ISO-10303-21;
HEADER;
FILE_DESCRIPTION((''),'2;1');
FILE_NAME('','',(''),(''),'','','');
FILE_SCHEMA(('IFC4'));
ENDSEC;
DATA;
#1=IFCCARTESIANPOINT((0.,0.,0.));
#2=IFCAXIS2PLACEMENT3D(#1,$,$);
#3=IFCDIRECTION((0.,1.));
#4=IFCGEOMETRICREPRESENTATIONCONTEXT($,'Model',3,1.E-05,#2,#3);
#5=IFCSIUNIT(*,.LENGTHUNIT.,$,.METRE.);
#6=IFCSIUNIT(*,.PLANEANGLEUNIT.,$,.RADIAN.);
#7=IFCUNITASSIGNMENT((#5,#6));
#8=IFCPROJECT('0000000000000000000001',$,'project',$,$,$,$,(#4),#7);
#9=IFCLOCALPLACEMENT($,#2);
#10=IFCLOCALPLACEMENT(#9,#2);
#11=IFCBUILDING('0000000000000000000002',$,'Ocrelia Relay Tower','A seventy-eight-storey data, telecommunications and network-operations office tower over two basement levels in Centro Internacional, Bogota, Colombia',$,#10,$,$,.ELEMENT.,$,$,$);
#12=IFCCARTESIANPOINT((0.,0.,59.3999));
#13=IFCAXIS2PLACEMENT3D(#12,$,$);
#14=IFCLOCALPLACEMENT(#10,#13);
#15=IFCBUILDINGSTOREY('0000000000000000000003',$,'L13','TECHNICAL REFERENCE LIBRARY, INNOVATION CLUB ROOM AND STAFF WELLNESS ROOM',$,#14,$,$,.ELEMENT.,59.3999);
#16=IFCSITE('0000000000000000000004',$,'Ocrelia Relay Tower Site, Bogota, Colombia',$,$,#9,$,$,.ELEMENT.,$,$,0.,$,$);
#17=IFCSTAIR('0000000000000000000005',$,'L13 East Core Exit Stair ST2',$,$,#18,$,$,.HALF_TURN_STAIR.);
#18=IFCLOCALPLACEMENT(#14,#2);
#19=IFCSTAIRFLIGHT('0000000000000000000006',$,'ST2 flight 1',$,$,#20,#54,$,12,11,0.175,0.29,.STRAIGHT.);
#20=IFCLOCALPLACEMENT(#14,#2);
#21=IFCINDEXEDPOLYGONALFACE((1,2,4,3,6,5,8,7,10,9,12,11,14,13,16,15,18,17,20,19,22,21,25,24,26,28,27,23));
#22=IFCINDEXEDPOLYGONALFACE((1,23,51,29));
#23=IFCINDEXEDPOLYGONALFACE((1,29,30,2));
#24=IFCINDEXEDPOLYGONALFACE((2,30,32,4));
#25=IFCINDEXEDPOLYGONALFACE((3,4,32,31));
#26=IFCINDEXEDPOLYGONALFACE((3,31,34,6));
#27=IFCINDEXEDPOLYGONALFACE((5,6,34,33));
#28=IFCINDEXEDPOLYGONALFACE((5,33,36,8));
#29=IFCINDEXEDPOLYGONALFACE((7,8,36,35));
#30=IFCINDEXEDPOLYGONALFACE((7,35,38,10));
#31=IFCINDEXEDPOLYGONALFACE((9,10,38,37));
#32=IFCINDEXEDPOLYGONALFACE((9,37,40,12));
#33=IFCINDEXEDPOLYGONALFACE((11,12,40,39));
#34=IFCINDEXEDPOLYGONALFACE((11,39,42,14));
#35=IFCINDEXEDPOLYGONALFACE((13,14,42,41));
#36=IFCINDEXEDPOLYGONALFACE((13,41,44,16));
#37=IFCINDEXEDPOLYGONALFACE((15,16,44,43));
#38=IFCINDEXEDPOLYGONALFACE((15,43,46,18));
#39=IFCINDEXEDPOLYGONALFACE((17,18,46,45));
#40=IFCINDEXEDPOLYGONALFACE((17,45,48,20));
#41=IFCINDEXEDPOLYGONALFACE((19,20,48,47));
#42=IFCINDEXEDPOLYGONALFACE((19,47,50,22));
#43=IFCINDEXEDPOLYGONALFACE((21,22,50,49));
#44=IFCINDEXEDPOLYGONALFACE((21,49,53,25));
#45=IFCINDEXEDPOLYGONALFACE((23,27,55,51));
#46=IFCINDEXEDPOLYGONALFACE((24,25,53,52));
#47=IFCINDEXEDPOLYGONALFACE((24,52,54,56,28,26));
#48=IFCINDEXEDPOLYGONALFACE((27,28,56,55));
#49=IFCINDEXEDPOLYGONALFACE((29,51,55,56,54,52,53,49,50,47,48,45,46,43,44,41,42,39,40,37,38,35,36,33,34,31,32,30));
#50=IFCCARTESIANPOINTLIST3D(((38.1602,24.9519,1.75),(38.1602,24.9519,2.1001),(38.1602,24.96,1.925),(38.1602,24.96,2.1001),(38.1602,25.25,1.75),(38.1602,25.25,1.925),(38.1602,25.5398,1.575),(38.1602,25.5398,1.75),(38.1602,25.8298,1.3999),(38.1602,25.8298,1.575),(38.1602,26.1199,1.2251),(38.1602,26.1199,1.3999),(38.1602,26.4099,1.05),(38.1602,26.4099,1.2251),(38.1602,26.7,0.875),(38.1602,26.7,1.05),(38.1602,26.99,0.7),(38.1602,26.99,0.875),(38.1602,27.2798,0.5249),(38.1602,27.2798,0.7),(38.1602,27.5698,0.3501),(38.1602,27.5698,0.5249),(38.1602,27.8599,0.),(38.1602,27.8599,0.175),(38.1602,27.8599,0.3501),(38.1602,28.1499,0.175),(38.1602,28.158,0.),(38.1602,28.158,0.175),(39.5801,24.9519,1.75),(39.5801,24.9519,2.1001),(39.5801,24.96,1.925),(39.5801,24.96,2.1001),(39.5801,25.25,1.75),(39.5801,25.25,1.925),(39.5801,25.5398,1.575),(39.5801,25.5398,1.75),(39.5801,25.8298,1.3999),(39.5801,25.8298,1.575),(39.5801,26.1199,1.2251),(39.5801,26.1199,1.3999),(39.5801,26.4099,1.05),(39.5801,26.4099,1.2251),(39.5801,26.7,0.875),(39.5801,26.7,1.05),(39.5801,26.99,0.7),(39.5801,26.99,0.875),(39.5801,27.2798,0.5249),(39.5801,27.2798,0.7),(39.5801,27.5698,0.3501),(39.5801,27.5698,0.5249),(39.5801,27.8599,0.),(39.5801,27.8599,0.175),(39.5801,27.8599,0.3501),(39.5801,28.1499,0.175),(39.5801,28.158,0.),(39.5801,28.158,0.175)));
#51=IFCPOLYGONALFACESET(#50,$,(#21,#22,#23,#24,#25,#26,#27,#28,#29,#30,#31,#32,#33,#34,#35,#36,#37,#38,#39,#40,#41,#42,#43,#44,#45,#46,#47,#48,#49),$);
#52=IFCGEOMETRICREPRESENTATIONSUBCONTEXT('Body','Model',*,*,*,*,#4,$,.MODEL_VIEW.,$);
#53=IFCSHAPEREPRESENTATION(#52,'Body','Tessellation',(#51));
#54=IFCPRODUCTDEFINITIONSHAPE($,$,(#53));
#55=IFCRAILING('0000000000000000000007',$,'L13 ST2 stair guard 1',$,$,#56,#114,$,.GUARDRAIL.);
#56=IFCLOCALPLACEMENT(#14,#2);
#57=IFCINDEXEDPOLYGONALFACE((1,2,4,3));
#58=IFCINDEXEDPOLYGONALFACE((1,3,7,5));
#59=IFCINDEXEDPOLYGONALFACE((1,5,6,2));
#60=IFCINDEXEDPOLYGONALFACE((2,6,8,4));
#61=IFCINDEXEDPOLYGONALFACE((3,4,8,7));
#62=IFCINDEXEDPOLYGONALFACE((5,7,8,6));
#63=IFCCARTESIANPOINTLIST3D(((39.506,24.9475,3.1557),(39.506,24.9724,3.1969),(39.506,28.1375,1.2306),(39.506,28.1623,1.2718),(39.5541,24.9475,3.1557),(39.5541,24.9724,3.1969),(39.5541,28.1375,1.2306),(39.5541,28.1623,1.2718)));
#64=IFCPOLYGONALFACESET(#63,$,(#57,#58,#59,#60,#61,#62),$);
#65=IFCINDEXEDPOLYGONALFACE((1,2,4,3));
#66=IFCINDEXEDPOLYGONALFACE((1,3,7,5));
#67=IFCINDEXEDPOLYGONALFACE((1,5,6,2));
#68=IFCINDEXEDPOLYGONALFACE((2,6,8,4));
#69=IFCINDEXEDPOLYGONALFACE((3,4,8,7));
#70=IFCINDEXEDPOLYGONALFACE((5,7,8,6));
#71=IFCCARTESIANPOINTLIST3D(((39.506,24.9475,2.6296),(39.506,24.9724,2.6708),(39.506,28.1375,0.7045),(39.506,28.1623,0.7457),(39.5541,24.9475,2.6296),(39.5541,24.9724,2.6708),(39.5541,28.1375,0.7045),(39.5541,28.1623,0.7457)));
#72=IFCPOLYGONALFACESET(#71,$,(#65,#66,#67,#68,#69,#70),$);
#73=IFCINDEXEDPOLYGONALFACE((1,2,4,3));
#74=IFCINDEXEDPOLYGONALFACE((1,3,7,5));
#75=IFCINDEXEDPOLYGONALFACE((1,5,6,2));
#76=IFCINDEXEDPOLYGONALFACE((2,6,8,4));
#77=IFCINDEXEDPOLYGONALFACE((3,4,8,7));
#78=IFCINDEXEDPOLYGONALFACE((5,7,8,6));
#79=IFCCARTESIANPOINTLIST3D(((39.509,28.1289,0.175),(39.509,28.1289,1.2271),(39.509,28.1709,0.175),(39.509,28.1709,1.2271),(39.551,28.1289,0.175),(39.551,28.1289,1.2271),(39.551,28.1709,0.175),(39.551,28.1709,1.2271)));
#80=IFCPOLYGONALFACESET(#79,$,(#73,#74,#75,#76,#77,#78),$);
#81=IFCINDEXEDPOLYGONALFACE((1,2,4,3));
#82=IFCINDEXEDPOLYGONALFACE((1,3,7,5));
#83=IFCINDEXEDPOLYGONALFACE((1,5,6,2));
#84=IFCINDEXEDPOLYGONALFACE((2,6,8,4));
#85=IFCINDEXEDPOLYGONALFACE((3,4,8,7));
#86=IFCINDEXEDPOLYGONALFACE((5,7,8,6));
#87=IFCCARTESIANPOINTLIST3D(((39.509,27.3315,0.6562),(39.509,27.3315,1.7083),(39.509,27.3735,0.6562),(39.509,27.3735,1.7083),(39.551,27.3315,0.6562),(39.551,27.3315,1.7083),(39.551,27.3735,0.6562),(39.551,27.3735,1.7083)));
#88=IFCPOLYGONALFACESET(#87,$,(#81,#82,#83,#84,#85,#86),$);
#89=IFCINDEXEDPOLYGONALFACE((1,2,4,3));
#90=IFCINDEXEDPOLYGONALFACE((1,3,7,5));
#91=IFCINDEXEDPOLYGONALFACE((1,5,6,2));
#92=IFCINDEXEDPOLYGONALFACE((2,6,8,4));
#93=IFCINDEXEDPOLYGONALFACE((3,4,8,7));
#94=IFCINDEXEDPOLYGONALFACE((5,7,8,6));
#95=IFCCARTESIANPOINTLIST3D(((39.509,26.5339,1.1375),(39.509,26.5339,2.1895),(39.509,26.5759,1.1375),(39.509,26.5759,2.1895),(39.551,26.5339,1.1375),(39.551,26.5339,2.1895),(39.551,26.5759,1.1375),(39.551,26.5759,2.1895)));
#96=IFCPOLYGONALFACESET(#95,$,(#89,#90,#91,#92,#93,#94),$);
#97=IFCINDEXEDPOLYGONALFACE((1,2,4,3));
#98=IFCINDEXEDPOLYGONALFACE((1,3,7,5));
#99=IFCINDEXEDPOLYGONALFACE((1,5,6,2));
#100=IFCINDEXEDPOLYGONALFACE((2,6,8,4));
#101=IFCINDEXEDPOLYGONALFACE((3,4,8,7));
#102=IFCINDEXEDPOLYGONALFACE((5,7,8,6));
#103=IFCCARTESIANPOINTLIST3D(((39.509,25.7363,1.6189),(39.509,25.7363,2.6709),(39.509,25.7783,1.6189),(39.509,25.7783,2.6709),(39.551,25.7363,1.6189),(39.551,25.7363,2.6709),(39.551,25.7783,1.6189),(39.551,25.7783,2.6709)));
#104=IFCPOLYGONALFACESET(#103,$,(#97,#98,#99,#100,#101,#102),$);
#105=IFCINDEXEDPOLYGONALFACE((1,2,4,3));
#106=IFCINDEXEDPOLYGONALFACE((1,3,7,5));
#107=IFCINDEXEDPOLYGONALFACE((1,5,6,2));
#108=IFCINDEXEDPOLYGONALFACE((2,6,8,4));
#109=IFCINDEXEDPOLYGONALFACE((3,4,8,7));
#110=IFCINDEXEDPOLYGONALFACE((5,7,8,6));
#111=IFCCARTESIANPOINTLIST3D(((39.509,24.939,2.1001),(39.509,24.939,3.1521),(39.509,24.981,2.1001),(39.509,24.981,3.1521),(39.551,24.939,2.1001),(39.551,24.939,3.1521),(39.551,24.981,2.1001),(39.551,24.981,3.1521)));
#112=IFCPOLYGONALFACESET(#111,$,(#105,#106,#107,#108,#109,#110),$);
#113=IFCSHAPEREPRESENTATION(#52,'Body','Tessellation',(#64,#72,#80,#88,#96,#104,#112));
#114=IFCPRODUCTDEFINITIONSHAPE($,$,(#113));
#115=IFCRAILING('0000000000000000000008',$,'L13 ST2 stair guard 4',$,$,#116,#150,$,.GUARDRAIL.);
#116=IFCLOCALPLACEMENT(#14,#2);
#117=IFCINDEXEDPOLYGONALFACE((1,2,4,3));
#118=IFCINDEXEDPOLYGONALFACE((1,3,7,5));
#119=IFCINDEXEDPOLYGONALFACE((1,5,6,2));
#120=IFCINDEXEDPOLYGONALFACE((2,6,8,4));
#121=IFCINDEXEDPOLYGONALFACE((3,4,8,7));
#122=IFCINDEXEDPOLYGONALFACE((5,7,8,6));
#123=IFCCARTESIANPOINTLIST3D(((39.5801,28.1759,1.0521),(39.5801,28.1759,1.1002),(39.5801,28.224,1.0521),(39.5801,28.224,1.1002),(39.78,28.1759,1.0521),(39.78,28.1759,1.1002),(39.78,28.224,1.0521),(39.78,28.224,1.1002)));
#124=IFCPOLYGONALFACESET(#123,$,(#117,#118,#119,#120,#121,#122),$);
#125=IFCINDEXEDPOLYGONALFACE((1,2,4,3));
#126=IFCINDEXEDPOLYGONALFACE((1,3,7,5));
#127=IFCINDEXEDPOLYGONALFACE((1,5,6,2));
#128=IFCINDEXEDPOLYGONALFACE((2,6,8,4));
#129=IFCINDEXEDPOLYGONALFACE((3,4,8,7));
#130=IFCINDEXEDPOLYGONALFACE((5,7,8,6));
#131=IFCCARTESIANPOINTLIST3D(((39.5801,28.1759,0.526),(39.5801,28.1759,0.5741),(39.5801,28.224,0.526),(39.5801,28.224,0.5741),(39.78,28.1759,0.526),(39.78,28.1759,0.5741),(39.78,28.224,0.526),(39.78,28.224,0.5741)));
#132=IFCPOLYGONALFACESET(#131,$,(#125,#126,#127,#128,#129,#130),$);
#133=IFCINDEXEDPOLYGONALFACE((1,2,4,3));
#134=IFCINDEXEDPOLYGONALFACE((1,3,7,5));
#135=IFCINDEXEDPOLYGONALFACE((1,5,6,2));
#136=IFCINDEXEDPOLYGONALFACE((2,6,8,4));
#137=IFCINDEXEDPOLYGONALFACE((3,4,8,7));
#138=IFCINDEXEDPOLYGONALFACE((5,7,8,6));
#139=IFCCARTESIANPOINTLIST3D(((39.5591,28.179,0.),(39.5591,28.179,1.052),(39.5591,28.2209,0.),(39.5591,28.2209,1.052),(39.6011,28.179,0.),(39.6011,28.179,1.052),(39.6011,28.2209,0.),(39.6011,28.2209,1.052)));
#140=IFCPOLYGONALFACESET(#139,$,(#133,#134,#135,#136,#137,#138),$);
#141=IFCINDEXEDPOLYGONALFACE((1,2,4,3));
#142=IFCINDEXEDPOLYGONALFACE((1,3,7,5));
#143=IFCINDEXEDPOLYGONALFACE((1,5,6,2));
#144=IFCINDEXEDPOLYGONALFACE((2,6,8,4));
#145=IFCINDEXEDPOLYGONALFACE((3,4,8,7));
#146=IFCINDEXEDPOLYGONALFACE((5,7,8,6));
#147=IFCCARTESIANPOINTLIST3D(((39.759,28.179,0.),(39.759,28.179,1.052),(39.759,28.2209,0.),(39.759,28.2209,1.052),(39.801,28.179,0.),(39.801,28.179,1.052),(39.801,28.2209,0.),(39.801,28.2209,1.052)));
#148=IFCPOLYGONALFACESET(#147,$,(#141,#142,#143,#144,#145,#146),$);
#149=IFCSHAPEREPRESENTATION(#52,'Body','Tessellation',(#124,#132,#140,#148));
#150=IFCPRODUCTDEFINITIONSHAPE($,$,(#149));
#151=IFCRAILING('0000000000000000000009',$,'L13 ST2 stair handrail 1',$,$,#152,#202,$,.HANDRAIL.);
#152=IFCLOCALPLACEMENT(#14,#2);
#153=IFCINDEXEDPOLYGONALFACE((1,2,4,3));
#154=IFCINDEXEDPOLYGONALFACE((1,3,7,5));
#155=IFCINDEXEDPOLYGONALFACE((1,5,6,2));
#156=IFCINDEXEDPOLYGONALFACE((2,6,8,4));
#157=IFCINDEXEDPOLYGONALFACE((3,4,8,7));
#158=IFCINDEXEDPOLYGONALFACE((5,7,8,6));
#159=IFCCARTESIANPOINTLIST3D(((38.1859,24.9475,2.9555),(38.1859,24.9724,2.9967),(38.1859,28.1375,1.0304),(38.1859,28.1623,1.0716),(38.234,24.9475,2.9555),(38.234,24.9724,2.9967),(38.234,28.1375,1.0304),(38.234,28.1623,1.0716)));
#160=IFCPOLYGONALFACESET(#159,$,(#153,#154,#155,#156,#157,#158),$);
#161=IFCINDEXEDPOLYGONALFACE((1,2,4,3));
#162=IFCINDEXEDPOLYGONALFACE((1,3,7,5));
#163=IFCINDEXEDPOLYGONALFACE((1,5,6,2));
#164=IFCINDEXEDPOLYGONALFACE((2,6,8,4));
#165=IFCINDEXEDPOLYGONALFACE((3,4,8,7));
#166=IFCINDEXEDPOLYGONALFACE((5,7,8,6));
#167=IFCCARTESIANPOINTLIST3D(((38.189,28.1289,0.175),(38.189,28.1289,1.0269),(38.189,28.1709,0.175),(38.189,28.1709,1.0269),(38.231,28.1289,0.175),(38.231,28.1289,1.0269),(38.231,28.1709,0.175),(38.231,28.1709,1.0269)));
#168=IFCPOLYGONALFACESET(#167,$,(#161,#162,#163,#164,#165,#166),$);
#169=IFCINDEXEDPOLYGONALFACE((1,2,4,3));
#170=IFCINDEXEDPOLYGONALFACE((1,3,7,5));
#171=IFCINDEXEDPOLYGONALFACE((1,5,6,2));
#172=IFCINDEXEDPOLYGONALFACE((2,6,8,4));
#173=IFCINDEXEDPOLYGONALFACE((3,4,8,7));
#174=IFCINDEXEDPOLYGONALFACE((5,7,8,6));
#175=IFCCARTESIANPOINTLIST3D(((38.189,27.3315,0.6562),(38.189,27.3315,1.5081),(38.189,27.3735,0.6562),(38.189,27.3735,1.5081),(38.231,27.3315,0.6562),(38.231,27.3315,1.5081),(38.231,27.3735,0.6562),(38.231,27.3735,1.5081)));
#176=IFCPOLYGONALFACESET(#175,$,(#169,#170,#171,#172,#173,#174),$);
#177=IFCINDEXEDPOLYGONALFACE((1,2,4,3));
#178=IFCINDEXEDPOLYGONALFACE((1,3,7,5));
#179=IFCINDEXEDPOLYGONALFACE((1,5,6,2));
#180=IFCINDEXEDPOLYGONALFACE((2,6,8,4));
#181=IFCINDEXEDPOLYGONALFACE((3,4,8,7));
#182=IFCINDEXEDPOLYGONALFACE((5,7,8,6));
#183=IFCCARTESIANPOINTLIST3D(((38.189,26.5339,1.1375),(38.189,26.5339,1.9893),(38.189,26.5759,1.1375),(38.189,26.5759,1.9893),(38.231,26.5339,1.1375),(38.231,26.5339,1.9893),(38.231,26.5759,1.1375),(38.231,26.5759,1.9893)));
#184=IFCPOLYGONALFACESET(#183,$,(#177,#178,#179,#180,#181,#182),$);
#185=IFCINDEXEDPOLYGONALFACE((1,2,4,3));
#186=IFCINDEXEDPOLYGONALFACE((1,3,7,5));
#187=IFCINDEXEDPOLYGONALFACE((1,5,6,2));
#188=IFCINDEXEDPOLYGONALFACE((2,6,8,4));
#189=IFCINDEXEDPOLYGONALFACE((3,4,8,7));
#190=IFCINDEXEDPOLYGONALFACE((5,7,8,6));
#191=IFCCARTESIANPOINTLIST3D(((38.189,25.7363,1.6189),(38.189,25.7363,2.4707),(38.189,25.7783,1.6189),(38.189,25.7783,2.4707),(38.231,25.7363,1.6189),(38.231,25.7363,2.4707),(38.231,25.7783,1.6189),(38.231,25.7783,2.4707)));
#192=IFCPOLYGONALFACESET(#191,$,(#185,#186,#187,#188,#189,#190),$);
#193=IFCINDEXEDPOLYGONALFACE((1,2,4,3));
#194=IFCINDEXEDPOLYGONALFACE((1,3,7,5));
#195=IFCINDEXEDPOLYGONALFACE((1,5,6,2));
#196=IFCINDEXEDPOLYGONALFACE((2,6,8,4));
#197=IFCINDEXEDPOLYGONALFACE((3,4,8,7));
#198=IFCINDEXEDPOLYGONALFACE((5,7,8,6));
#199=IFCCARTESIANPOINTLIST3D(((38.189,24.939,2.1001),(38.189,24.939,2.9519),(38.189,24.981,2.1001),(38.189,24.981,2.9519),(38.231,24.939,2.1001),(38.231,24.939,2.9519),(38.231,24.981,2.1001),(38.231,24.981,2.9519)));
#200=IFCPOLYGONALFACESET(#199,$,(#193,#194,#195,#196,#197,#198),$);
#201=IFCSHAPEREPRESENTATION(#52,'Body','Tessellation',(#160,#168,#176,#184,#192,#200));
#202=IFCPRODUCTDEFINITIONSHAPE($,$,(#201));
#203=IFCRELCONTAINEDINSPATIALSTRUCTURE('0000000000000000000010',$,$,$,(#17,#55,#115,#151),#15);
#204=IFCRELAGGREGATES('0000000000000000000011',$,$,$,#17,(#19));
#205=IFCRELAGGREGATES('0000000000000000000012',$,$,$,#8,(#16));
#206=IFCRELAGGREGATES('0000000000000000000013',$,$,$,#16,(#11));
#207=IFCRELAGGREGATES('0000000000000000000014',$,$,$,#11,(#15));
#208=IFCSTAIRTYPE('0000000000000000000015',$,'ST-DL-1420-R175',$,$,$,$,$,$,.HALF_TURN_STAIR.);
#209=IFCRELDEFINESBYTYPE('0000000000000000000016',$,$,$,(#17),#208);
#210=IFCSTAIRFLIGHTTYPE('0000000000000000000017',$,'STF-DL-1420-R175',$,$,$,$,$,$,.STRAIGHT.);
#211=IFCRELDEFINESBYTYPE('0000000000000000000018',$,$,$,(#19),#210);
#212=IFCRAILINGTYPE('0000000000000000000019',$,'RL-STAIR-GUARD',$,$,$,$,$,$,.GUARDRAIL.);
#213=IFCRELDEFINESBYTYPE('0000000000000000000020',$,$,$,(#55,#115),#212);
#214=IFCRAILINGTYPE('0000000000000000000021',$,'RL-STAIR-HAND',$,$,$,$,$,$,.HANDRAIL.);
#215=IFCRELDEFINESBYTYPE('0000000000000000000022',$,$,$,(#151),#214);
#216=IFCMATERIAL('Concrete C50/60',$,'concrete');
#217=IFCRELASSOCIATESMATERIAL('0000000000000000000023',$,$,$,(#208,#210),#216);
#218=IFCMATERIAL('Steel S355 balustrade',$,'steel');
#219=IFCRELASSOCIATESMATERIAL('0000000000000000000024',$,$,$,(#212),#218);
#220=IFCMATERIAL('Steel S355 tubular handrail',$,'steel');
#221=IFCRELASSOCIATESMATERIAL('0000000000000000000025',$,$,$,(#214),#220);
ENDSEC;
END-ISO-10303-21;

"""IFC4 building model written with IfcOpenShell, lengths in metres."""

from ifc_helpers import new_model, si_unit, direction, frame, origin, origin_2d, place, context, subcontext, project, spatial, polyline, rectangle, outline, extrude, material, type_object, element, aggregate, save


model = new_model("IFC4")

# Units and contexts
model_context = context("Model", 3, precision=1e-05, world=origin(), true_north=direction((0.0, 1.0)))
body_context = subcontext(model_context, "Body", "Model", "MODEL_VIEW")
ifc_project = project(units=[si_unit("LENGTHUNIT", "METRE"), si_unit("PLANEANGLEUNIT", "RADIAN")], contexts=[model_context])

# Site, building, storey
site_placement = place(None, origin())
site = spatial("IfcSite", under=ifc_project, at=site_placement, Name="Ocrelia Relay Tower Site, Bogota, Colombia", CompositionType="ELEMENT", RefElevation=0.0)
building_placement = place(site_placement, origin())
building = spatial("IfcBuilding", under=site, at=building_placement, Name="Ocrelia Relay Tower", Description="A seventy-eight-storey data, telecommunications and network-operations office tower over two basement levels in Centro Internacional, Bogota, Colombia", CompositionType="ELEMENT")
storey_placement = place(building_placement, frame((0.0, 0.0, 59.3999)))
storey = spatial("IfcBuildingStorey", under=building, at=storey_placement, Name="L13", Description="TECHNICAL REFERENCE LIBRARY, INNOVATION CLUB ROOM AND STAFF WELLNESS ROOM", CompositionType="ELEMENT", Elevation=59.3999)

# Shared definitions
ifc_material_1 = material(Name="Concrete C50/60", Category="concrete")

# Stair, stair flight
stair_type = type_object("IfcStairType", Name="ST-DL-1420-R175", PredefinedType="HALF_TURN_STAIR", material=ifc_material_1)
stair_placement = place(storey_placement, origin())
stair = element("IfcStair", 1, at=stair_placement, inside=storey, type_object=stair_type, Name="L13 East Core Exit Stair ST2", PredefinedType="HALF_TURN_STAIR")
stair_flight_type = type_object("IfcStairFlightType", Name="STF-DL-1420-R175", PredefinedType="STRAIGHT", material=ifc_material_1)
stair_flight_placement = place(storey_placement, frame((38.8701, 28.1499, 0.0), z_axis=(0.0, 0.0, 1.0), x_axis=(0.0, -1.0, 0.0)))
stair_flight = element("IfcStairFlight", 2, at=stair_flight_placement, type_object=stair_flight_type, Name="ST2 flight 1", NumberOfRisers=12, NumberOfTreads=11, PredefinedType="STRAIGHT", RiserHeight=0.175, TreadLength=0.29, context=body_context, shape_type="SweptSolid", body=[
    extrude(outline(polyline([(-0.0081, 0.0), (-0.0081, 0.175), (0.0, 0.175), (0.29, 0.175), (0.29, 0.3501), (0.5801, 0.3501), (0.5801, 0.5249), (0.8701, 0.5249), (0.8701, 0.7), (1.1599, 0.7), (1.1599, 0.875), (1.45, 0.875), (1.45, 1.05), (1.74, 1.05), (1.74, 1.2251), (2.03, 1.2251), (2.03, 1.3999), (2.3201, 1.3999), (2.3201, 1.575), (2.6101, 1.575), (2.6101, 1.75), (2.8999, 1.75), (2.8999, 1.925), (3.1899, 1.925), (3.1899, 2.1001), (3.198, 2.1001), (3.198, 1.75), (0.29, 0.0), (-0.0081, 0.0)])), frame((0.0, 0.71, 0.0), z_axis=(0.0, -1.0, 0.0), x_axis=(1.0, 0.0, 0.0)), (0.0, 0.0, 1.0), 1.4199),
])
aggregate(stair, [stair_flight])

# Railings
ifc_material_2 = material(Name="Steel S355 balustrade", Category="steel")
railing_type_1 = type_object("IfcRailingType", Name="RL-STAIR-GUARD", PredefinedType="GUARDRAIL", material=ifc_material_2)
railing_1_placement = place(storey_placement, frame((39.53, 28.1499, 0.175)))
element("IfcRailing", 3, at=railing_1_placement, inside=storey, type_object=railing_type_1, Name="L13 ST2 stair guard 1", PredefinedType="GUARDRAIL", context=body_context, shape_type="SweptSolid", body=[
    extrude(rectangle(XDim=0.0481, YDim=0.0481, at=origin_2d()), frame((0.0, 0.0, 1.0762), z_axis=(0.0, -0.856178, 0.516682), x_axis=(1.0, 0.0, 0.0)), (0.0, 0.0, 1.0), 3.7258),
    extrude(rectangle(XDim=0.0481, YDim=0.0481, at=origin_2d()), frame((0.0, 0.0, 0.55), z_axis=(0.0, -0.856178, 0.516682), x_axis=(1.0, 0.0, 0.0)), (0.0, 0.0, 1.0), 3.7258),
    extrude(rectangle(XDim=0.042, YDim=0.042, at=origin_2d()), origin(), (0.0, 0.0, 1.0), 1.052),
    extrude(rectangle(XDim=0.042, YDim=0.042, at=origin_2d()), frame((0.0, -0.7974, 0.4812)), (0.0, 0.0, 1.0), 1.052),
    extrude(rectangle(XDim=0.042, YDim=0.042, at=origin_2d()), frame((0.0, -1.595, 0.9624)), (0.0, 0.0, 1.0), 1.052),
    extrude(rectangle(XDim=0.042, YDim=0.042, at=origin_2d()), frame((0.0, -2.3926, 1.4438)), (0.0, 0.0, 1.0), 1.052),
    extrude(rectangle(XDim=0.042, YDim=0.042, at=origin_2d()), frame((0.0, -3.1899, 1.925)), (0.0, 0.0, 1.0), 1.052),
])
railing_2_placement = place(storey_placement, frame((39.5801, 28.2, 0.0)))
element("IfcRailing", 4, at=railing_2_placement, inside=storey, type_object=railing_type_1, Name="L13 ST2 stair guard 4", PredefinedType="GUARDRAIL", context=body_context, shape_type="SweptSolid", body=[
    extrude(rectangle(XDim=0.0481, YDim=0.0481, at=origin_2d()), frame((0.0, 0.0, 1.0762), z_axis=(1.0, 0.0, 0.0), x_axis=(0.0, 1.0, 0.0)), (0.0, 0.0, 1.0), 0.2),
    extrude(rectangle(XDim=0.0481, YDim=0.0481, at=origin_2d()), frame((0.0, 0.0, 0.55), z_axis=(1.0, 0.0, 0.0), x_axis=(0.0, 1.0, 0.0)), (0.0, 0.0, 1.0), 0.2),
    extrude(rectangle(XDim=0.042, YDim=0.042, at=origin_2d()), origin(), (0.0, 0.0, 1.0), 1.052),
    extrude(rectangle(XDim=0.042, YDim=0.042, at=origin_2d()), frame((0.2, 0.0, 0.0)), (0.0, 0.0, 1.0), 1.052),
])
ifc_material_3 = material(Name="Steel S355 tubular handrail", Category="steel")
railing_type_2 = type_object("IfcRailingType", Name="RL-STAIR-HAND", PredefinedType="HANDRAIL", material=ifc_material_3)
railing_3_placement = place(storey_placement, frame((38.21, 28.1499, 0.175)))
element("IfcRailing", 5, at=railing_3_placement, inside=storey, type_object=railing_type_2, Name="L13 ST2 stair handrail 1", PredefinedType="HANDRAIL", context=body_context, shape_type="SweptSolid", body=[
    extrude(rectangle(XDim=0.0481, YDim=0.0481, at=origin_2d()), frame((0.0, 0.0, 0.876), z_axis=(0.0, -0.856178, 0.516682), x_axis=(1.0, 0.0, 0.0)), (0.0, 0.0, 1.0), 3.7258),
    extrude(rectangle(XDim=0.042, YDim=0.042, at=origin_2d()), origin(), (0.0, 0.0, 1.0), 0.8518),
    extrude(rectangle(XDim=0.042, YDim=0.042, at=origin_2d()), frame((0.0, -0.7974, 0.4812)), (0.0, 0.0, 1.0), 0.8518),
    extrude(rectangle(XDim=0.042, YDim=0.042, at=origin_2d()), frame((0.0, -1.595, 0.9624)), (0.0, 0.0, 1.0), 0.8518),
    extrude(rectangle(XDim=0.042, YDim=0.042, at=origin_2d()), frame((0.0, -2.3926, 1.4438)), (0.0, 0.0, 1.0), 0.8518),
    extrude(rectangle(XDim=0.042, YDim=0.042, at=origin_2d()), frame((0.0, -3.1899, 1.925)), (0.0, 0.0, 1.0), 0.8518),
])

save(model, "model.ifc")
